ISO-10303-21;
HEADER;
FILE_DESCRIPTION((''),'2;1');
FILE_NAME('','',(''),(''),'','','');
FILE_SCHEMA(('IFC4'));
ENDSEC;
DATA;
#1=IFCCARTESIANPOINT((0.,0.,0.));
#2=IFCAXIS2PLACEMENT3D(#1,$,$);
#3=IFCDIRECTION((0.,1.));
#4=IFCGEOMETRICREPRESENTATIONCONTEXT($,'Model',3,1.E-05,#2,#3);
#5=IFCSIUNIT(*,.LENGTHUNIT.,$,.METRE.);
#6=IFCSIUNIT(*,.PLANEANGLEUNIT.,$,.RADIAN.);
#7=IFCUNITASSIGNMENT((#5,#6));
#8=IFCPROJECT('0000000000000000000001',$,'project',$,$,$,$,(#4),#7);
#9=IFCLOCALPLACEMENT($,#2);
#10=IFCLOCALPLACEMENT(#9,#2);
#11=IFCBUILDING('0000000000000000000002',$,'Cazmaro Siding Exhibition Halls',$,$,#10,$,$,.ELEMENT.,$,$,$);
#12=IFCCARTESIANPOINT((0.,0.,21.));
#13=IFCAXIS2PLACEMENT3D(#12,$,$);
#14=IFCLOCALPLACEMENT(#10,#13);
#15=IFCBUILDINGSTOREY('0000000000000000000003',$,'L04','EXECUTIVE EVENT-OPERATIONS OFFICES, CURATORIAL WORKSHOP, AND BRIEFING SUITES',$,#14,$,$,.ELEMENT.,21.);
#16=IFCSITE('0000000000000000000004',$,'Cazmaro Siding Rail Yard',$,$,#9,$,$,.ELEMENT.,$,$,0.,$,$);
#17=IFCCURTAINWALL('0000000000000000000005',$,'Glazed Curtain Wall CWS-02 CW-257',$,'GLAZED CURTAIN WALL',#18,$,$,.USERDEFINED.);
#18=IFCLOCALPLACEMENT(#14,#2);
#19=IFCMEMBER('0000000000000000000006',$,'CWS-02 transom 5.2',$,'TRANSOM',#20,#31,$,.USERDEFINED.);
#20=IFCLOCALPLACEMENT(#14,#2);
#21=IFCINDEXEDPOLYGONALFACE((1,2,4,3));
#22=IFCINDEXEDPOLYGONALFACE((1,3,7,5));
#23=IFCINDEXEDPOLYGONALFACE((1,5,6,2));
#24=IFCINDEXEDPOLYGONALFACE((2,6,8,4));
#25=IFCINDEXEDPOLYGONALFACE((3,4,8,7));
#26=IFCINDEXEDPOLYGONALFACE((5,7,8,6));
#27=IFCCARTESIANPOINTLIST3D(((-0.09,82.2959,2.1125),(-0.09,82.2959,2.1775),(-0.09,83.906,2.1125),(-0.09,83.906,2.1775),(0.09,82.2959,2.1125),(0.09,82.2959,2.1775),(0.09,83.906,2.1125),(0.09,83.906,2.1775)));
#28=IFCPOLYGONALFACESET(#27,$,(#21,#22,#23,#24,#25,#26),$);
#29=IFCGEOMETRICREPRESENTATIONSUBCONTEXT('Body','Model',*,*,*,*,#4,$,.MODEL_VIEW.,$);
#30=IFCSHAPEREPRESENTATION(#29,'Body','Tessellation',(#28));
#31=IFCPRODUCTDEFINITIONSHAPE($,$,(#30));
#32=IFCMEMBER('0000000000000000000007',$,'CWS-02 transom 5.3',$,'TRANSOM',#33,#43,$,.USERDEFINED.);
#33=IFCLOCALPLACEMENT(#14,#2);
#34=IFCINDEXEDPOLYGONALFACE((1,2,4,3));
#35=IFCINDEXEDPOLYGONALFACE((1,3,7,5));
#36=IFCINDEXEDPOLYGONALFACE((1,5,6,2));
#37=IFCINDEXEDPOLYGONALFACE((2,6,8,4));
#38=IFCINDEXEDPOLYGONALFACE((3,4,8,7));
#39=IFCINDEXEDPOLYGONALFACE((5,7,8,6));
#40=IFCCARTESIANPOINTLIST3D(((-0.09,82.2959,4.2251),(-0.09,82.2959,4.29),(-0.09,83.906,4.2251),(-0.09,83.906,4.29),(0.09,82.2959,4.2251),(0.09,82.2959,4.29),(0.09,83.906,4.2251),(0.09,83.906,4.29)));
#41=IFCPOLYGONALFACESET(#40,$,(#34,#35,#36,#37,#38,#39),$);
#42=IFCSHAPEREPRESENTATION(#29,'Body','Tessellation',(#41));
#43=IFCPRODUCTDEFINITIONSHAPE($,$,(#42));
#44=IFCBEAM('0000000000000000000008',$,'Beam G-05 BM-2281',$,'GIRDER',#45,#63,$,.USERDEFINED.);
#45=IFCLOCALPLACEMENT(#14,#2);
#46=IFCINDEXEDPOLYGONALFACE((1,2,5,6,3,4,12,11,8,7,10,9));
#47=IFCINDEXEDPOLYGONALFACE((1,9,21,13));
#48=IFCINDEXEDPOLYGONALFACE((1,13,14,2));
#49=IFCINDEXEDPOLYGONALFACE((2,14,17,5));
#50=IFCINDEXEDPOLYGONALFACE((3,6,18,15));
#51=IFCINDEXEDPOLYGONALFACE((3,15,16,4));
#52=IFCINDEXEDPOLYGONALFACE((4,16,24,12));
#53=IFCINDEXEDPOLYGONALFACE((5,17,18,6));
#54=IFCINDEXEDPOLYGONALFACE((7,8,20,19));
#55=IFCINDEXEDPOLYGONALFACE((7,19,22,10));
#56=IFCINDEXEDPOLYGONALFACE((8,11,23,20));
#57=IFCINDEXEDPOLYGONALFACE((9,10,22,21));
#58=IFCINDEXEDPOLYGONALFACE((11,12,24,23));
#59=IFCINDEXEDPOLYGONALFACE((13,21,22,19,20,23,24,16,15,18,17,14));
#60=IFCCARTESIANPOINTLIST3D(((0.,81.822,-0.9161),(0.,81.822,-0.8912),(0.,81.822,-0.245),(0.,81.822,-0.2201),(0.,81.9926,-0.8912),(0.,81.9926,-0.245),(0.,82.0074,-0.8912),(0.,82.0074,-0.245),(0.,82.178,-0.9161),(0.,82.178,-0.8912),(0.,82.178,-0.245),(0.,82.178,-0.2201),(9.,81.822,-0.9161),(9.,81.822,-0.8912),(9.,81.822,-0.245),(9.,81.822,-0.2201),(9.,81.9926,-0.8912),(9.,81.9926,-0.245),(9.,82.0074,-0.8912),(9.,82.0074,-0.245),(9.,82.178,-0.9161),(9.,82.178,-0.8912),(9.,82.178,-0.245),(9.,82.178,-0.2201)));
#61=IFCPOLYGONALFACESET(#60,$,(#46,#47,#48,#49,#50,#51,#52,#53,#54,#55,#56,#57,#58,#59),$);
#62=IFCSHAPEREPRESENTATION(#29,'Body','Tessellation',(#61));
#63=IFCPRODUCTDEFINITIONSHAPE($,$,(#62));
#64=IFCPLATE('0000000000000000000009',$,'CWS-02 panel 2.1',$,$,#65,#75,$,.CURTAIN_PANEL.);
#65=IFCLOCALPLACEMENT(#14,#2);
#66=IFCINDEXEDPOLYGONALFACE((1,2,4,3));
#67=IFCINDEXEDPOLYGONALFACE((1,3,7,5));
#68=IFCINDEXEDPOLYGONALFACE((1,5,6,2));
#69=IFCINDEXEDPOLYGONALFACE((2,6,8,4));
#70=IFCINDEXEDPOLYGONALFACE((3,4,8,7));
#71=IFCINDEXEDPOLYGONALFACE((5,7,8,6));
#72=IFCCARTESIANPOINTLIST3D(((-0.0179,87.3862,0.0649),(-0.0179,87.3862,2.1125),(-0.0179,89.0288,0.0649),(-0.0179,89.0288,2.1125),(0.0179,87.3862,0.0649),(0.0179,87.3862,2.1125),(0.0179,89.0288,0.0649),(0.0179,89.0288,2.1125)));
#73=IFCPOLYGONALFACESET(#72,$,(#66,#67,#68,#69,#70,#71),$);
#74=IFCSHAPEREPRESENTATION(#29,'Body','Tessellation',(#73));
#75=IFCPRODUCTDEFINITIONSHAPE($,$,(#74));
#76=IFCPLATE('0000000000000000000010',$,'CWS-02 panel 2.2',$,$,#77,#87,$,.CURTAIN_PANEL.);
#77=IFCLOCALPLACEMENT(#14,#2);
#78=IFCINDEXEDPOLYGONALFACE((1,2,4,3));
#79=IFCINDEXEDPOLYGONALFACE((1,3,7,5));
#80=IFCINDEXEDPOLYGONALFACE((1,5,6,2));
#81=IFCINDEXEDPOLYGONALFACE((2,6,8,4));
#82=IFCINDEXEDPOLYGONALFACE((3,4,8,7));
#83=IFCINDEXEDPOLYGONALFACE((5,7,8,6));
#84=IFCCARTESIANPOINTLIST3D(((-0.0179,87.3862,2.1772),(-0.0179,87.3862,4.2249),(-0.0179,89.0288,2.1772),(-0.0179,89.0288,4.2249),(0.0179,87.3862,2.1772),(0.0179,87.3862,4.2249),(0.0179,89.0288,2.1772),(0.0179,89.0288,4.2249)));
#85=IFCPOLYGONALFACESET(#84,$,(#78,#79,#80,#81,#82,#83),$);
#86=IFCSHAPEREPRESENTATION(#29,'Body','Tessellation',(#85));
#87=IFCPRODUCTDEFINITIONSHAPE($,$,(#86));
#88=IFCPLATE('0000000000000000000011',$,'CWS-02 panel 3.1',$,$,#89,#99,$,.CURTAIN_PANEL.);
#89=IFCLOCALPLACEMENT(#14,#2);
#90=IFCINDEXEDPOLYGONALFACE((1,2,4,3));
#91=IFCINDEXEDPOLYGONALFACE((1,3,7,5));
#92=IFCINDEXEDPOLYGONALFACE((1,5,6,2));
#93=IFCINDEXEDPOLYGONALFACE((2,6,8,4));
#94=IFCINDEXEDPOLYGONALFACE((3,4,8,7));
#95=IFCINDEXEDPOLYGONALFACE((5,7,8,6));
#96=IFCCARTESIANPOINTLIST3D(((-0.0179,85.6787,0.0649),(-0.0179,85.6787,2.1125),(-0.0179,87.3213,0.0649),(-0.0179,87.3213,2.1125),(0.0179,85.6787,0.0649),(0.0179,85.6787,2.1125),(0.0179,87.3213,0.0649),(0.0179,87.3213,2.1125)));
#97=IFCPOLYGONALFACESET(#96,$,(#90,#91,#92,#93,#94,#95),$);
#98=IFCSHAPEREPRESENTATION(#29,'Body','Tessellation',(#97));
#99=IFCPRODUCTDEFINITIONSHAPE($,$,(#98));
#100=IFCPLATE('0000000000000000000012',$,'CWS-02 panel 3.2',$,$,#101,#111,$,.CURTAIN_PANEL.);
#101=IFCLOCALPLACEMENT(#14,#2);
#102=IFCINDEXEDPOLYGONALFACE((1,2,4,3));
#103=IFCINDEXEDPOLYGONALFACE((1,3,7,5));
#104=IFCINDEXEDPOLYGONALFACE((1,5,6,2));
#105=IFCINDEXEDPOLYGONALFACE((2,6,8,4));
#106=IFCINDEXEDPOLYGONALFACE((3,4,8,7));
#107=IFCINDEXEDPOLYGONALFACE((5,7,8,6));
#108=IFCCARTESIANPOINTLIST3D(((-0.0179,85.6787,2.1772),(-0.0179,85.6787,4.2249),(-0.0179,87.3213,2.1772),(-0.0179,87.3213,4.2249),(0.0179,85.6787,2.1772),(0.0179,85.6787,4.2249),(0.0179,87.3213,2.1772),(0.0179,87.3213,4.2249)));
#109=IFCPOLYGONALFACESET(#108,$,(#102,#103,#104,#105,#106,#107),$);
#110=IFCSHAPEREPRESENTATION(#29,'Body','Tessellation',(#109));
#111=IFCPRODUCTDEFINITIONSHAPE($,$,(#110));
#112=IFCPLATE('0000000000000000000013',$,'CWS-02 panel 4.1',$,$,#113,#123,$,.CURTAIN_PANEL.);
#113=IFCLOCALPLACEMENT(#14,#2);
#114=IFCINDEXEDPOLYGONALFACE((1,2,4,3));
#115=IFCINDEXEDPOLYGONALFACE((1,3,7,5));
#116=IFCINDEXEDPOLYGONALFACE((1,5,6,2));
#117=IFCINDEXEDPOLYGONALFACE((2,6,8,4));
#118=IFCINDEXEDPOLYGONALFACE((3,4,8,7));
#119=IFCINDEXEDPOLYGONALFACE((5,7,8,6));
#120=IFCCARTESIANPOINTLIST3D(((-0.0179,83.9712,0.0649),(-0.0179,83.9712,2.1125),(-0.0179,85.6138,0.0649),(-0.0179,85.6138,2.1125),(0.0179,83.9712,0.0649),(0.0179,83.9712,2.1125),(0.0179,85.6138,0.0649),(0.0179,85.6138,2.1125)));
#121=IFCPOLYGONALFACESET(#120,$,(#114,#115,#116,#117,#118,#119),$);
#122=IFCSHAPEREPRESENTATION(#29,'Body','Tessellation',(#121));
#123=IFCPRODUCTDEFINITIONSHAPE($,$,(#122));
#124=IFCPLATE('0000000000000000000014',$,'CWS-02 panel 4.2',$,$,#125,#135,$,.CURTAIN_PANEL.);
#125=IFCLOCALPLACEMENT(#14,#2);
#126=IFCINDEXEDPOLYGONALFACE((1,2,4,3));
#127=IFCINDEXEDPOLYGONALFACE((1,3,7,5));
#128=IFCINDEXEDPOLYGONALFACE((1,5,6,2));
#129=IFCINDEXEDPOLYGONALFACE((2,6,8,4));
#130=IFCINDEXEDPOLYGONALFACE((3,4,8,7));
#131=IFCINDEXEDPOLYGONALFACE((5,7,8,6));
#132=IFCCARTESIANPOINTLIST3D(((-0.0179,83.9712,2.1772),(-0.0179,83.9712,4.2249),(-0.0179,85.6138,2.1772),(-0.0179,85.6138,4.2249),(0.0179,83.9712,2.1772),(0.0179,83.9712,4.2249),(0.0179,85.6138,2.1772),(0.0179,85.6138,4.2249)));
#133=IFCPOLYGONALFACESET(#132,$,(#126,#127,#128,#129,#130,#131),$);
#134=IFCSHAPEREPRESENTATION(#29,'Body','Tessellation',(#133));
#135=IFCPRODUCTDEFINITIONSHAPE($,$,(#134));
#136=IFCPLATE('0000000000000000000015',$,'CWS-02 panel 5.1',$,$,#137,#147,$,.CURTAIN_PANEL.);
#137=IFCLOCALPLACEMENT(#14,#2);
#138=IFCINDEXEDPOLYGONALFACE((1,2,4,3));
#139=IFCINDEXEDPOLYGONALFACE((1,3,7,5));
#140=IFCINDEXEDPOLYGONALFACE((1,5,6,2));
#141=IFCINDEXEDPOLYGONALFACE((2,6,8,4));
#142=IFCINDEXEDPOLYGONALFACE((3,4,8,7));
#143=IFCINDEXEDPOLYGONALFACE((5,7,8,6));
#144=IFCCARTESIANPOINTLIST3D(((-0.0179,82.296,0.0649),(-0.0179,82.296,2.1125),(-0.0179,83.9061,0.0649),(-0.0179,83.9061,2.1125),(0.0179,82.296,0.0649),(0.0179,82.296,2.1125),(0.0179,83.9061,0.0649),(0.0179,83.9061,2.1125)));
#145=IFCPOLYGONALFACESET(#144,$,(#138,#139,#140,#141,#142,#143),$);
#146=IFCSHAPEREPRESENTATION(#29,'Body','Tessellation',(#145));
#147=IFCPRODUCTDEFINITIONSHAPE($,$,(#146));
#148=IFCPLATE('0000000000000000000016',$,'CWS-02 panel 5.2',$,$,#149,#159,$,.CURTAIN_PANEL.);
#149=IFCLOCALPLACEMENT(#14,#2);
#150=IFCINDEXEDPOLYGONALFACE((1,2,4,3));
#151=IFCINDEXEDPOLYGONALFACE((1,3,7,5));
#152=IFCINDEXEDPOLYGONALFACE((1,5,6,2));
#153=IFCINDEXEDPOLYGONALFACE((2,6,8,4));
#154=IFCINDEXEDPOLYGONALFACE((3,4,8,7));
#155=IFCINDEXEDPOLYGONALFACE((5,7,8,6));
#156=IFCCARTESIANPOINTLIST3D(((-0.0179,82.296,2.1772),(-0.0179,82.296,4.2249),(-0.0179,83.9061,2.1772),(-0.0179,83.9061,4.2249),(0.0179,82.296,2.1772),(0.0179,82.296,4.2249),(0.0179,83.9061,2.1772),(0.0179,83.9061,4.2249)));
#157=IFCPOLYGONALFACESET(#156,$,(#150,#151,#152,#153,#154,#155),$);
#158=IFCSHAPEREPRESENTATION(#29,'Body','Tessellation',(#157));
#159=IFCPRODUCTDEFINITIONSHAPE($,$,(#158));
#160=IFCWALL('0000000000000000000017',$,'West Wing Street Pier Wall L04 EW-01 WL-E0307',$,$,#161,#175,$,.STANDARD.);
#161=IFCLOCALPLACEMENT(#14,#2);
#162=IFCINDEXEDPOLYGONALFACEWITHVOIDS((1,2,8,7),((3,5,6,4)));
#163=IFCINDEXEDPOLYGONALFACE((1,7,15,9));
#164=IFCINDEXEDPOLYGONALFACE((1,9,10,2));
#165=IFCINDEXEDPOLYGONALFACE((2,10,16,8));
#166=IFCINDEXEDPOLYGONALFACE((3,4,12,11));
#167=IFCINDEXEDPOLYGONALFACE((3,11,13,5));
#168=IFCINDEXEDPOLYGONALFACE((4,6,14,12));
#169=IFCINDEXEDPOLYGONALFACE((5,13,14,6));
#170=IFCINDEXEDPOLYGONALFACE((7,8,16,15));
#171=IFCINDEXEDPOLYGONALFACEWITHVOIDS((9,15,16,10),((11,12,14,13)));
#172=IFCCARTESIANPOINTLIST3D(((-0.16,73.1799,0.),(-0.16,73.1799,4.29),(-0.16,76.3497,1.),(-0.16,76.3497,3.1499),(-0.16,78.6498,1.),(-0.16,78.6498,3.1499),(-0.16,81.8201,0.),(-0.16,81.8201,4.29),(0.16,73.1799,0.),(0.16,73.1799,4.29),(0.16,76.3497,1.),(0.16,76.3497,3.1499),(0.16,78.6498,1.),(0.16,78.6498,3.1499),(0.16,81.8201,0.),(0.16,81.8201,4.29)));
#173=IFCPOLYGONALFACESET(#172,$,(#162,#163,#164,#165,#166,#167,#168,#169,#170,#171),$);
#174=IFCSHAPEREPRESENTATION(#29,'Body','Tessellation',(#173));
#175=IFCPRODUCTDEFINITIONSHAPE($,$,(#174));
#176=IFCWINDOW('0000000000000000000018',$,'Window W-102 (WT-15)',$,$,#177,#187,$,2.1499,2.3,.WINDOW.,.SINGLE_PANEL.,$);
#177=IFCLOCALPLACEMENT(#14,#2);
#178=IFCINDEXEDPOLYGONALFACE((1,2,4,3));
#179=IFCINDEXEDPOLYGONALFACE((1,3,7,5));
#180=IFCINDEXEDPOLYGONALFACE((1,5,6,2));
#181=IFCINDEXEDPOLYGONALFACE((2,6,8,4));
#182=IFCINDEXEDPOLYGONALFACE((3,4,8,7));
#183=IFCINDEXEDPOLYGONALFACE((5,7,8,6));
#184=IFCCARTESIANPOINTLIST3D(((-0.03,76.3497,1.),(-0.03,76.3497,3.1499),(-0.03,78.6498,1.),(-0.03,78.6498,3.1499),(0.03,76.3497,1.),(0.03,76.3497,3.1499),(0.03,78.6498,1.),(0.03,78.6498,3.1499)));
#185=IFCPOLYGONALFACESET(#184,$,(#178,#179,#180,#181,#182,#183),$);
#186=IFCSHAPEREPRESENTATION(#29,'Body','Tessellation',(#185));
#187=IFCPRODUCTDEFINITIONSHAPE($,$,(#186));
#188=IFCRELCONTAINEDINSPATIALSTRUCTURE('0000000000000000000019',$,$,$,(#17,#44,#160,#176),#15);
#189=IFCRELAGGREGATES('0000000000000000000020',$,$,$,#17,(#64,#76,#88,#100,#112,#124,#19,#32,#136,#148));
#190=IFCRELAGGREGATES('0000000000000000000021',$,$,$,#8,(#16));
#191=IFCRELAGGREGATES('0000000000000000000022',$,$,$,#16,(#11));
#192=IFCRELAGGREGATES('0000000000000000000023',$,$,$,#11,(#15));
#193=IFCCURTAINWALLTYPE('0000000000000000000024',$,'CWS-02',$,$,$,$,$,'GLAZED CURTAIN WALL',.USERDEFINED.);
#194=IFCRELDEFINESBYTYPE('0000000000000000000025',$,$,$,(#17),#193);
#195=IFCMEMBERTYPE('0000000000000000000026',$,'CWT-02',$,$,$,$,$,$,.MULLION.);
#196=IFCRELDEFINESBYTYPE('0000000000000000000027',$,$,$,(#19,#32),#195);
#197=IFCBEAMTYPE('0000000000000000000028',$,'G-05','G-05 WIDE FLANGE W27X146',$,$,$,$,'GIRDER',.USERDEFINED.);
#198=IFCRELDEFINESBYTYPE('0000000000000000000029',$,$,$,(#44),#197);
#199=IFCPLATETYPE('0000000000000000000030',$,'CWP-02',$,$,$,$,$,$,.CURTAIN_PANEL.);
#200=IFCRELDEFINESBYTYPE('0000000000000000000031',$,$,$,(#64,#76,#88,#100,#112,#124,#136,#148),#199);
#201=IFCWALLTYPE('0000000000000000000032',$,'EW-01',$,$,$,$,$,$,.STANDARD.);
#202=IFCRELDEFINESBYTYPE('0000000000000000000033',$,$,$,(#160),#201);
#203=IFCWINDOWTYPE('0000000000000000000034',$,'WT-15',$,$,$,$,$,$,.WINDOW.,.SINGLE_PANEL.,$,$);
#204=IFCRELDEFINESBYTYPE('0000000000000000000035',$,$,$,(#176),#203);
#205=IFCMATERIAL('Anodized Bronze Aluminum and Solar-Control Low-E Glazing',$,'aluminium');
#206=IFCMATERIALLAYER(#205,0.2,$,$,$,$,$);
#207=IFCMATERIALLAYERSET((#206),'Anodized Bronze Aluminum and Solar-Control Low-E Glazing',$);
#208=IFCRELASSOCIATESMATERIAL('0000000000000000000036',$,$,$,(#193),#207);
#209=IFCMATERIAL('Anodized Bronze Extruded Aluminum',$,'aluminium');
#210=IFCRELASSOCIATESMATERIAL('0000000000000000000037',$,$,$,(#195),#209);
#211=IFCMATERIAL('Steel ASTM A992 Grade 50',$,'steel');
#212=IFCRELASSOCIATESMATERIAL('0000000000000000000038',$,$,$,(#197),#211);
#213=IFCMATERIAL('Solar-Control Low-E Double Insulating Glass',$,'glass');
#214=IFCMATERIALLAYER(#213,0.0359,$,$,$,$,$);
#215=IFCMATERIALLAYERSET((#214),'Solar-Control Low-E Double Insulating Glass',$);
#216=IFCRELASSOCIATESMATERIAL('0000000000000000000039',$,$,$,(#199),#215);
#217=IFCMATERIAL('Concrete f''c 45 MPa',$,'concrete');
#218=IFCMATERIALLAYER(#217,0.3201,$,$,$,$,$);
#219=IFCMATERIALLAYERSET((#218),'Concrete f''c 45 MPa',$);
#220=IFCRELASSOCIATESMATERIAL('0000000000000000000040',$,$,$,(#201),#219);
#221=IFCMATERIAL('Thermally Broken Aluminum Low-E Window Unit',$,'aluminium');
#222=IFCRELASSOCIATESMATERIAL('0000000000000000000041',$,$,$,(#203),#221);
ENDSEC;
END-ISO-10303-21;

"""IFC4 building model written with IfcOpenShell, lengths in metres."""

from ifc_helpers import new_model, si_unit, direction, frame, frame_2d, origin, origin_2d, place, context, subcontext, project, spatial, rectangle, i_section, extrude, material, layer, layer_set, material_profile, profile_set, type_object, element, fill, aggregate, save


model = new_model("IFC4")

# Units and contexts
model_context = context("Model", 3, precision=1e-05, world=origin(), true_north=direction((0.0, 1.0)))
body_context = subcontext(model_context, "Body", "Model", "MODEL_VIEW")
ifc_project = project(units=[si_unit("LENGTHUNIT", "METRE"), si_unit("PLANEANGLEUNIT", "RADIAN")], contexts=[model_context])

# Site, building, storey
site_placement = place(None, origin())
site = spatial("IfcSite", under=ifc_project, at=site_placement, Name="Cazmaro Siding Rail Yard", CompositionType="ELEMENT", RefElevation=0.0)
building_placement = place(site_placement, origin())
building = spatial("IfcBuilding", under=site, at=building_placement, Name="Cazmaro Siding Exhibition Halls", CompositionType="ELEMENT")
storey_placement = place(building_placement, frame((0.0, 0.0, 21.0)))
storey = spatial("IfcBuildingStorey", under=building, at=storey_placement, Name="L04", Description="EXECUTIVE EVENT-OPERATIONS OFFICES, CURATORIAL WORKSHOP, AND BRIEFING SUITES", CompositionType="ELEMENT", Elevation=21.0)

# Curtain wall, members
ifc_material_1 = material(Name="Anodized Bronze Aluminum and Solar-Control Low-E Glazing", Category="aluminium")
ifc_layer_1 = layer(ifc_material_1, 0.2)
ifc_layer_set_1 = layer_set([ifc_layer_1], Name="Anodized Bronze Aluminum and Solar-Control Low-E Glazing")
curtain_wall_type = type_object("IfcCurtainWallType", Name="CWS-02", ElementType="GLAZED CURTAIN WALL", PredefinedType="USERDEFINED", material=ifc_layer_set_1)
curtain_wall_placement = place(storey_placement, origin())
curtain_wall = element("IfcCurtainWall", 1, at=curtain_wall_placement, inside=storey, type_object=curtain_wall_type, Name="Glazed Curtain Wall CWS-02 CW-257", ObjectType="GLAZED CURTAIN WALL", PredefinedType="USERDEFINED")
ifc_material_2 = material(Name="Anodized Bronze Extruded Aluminum", Category="aluminium")
ifc_material_profile_1 = material_profile(ifc_material_2, rectangle(XDim=0.1799, YDim=0.0649, at=origin_2d()), Name="CWT-02")
ifc_profile_set_1 = profile_set([ifc_material_profile_1], Name="Anodized Bronze Extruded Aluminum")
member_type_1 = type_object("IfcMemberType", Name="CWT-02", PredefinedType="MULLION", material=ifc_profile_set_1)
member_1_placement = place(storey_placement, frame((0.0, 83.906, 2.145), z_axis=(0.0, -1.0, 0.0), x_axis=(1.0, 0.0, 0.0)))
member_1 = element("IfcMember", 2, at=member_1_placement, type_object=member_type_1, Name="CWS-02 transom 5.2", ObjectType="TRANSOM", PredefinedType="USERDEFINED", context=body_context, shape_type="SweptSolid", body=[
    extrude(rectangle(XDim=0.1799, YDim=0.0649, at=origin_2d()), origin(), (0.0, 0.0, 1.0), 1.6101),
])
member_2_placement = place(storey_placement, frame((0.0, 83.906, 4.2576), z_axis=(0.0, -1.0, 0.0), x_axis=(1.0, 0.0, 0.0)))
member_2 = element("IfcMember", 3, at=member_2_placement, type_object=member_type_1, Name="CWS-02 transom 5.3", ObjectType="TRANSOM", PredefinedType="USERDEFINED", context=body_context, shape_type="SweptSolid", body=[
    extrude(rectangle(XDim=0.1799, YDim=0.0649, at=origin_2d()), origin(), (0.0, 0.0, 1.0), 1.6101),
])

# Beam
ifc_material_3 = material(Name="Steel ASTM A992 Grade 50", Category="steel")
ifc_material_profile_2 = material_profile(ifc_material_3, i_section(OverallWidth=0.356, OverallDepth=0.696, WebThickness=0.0149, FlangeThickness=0.0249, at=origin_2d()), Name="W27X146")
ifc_profile_set_2 = profile_set([ifc_material_profile_2], Name="Steel ASTM A992 Grade 50")
beam_type_1 = type_object("IfcBeamType", Name="G-05", Description="G-05 WIDE FLANGE W27X146", ElementType="GIRDER", PredefinedType="USERDEFINED", material=ifc_profile_set_2)
beam_1_placement = place(storey_placement, frame((0.0, 82.0, -0.5681), z_axis=(1.0, 0.0, 0.0), x_axis=(0.0, 1.0, 0.0)))
element("IfcBeam", 4, at=beam_1_placement, inside=storey, type_object=beam_type_1, Name="Beam G-05 BM-2281", ObjectType="GIRDER", PredefinedType="USERDEFINED", context=body_context, shape_type="SweptSolid", body=[
    extrude(i_section(OverallWidth=0.356, OverallDepth=0.696, WebThickness=0.0149, FlangeThickness=0.0249, at=origin_2d()), origin(), (0.0, 0.0, 1.0), 9.0),
])

# Plates
ifc_material_4 = material(Name="Solar-Control Low-E Double Insulating Glass", Category="glass")
ifc_layer_2 = layer(ifc_material_4, 0.0359)
ifc_layer_set_2 = layer_set([ifc_layer_2], Name="Solar-Control Low-E Double Insulating Glass")
plate_type = type_object("IfcPlateType", Name="CWP-02", PredefinedType="CURTAIN_PANEL", material=ifc_layer_set_2)
plate_1_placement = place(storey_placement, frame((0.0, 88.2075, 0.0649), z_axis=(0.0, 0.0, 1.0), x_axis=(0.0, -1.0, 0.0)))
plate_1 = element("IfcPlate", 5, at=plate_1_placement, type_object=plate_type, Name="CWS-02 panel 2.1", PredefinedType="CURTAIN_PANEL", context=body_context, shape_type="SweptSolid", body=[
    extrude(rectangle(XDim=1.6426, YDim=0.0359, at=origin_2d()), origin(), (0.0, 0.0, 1.0), 2.0476),
])
plate_2_placement = place(storey_placement, frame((0.0, 88.2075, 2.1772), z_axis=(0.0, 0.0, 1.0), x_axis=(0.0, -1.0, 0.0)))
plate_2 = element("IfcPlate", 6, at=plate_2_placement, type_object=plate_type, Name="CWS-02 panel 2.2", PredefinedType="CURTAIN_PANEL", context=body_context, shape_type="SweptSolid", body=[
    extrude(rectangle(XDim=1.6426, YDim=0.0359, at=origin_2d()), origin(), (0.0, 0.0, 1.0), 2.0476),
])
plate_3_placement = place(storey_placement, frame((0.0, 86.5, 0.0649), z_axis=(0.0, 0.0, 1.0), x_axis=(0.0, -1.0, 0.0)))
plate_3 = element("IfcPlate", 7, at=plate_3_placement, type_object=plate_type, Name="CWS-02 panel 3.1", PredefinedType="CURTAIN_PANEL", context=body_context, shape_type="SweptSolid", body=[
    extrude(rectangle(XDim=1.6426, YDim=0.0359, at=origin_2d()), origin(), (0.0, 0.0, 1.0), 2.0476),
])
plate_4_placement = place(storey_placement, frame((0.0, 86.5, 2.1772), z_axis=(0.0, 0.0, 1.0), x_axis=(0.0, -1.0, 0.0)))
plate_4 = element("IfcPlate", 8, at=plate_4_placement, type_object=plate_type, Name="CWS-02 panel 3.2", PredefinedType="CURTAIN_PANEL", context=body_context, shape_type="SweptSolid", body=[
    extrude(rectangle(XDim=1.6426, YDim=0.0359, at=origin_2d()), origin(), (0.0, 0.0, 1.0), 2.0476),
])
plate_5_placement = place(storey_placement, frame((0.0, 84.7925, 0.0649), z_axis=(0.0, 0.0, 1.0), x_axis=(0.0, -1.0, 0.0)))
plate_5 = element("IfcPlate", 9, at=plate_5_placement, type_object=plate_type, Name="CWS-02 panel 4.1", PredefinedType="CURTAIN_PANEL", context=body_context, shape_type="SweptSolid", body=[
    extrude(rectangle(XDim=1.6426, YDim=0.0359, at=origin_2d()), origin(), (0.0, 0.0, 1.0), 2.0476),
])
plate_6_placement = place(storey_placement, frame((0.0, 84.7925, 2.1772), z_axis=(0.0, 0.0, 1.0), x_axis=(0.0, -1.0, 0.0)))
plate_6 = element("IfcPlate", 10, at=plate_6_placement, type_object=plate_type, Name="CWS-02 panel 4.2", PredefinedType="CURTAIN_PANEL", context=body_context, shape_type="SweptSolid", body=[
    extrude(rectangle(XDim=1.6426, YDim=0.0359, at=origin_2d()), origin(), (0.0, 0.0, 1.0), 2.0476),
])
plate_7_placement = place(storey_placement, frame((0.0, 83.1011, 0.0649), z_axis=(0.0, 0.0, 1.0), x_axis=(0.0, -1.0, 0.0)))
plate_7 = element("IfcPlate", 11, at=plate_7_placement, type_object=plate_type, Name="CWS-02 panel 5.1", PredefinedType="CURTAIN_PANEL", context=body_context, shape_type="SweptSolid", body=[
    extrude(rectangle(XDim=1.6101, YDim=0.0359, at=origin_2d()), origin(), (0.0, 0.0, 1.0), 2.0476),
])
plate_8_placement = place(storey_placement, frame((0.0, 83.1011, 2.1772), z_axis=(0.0, 0.0, 1.0), x_axis=(0.0, -1.0, 0.0)))
plate_8 = element("IfcPlate", 12, at=plate_8_placement, type_object=plate_type, Name="CWS-02 panel 5.2", PredefinedType="CURTAIN_PANEL", context=body_context, shape_type="SweptSolid", body=[
    extrude(rectangle(XDim=1.6101, YDim=0.0359, at=origin_2d()), origin(), (0.0, 0.0, 1.0), 2.0476),
])
aggregate(curtain_wall, [plate_1, plate_2, plate_3, plate_4, plate_5, plate_6, member_1, member_2, plate_7, plate_8])

# Wall, opening, window
ifc_material_5 = material(Name="Concrete f'c 45 MPa", Category="concrete")
ifc_layer_3 = layer(ifc_material_5, 0.3201)
ifc_layer_set_3 = layer_set([ifc_layer_3], Name="Concrete f'c 45 MPa")
wall_type = type_object("IfcWallType", Name="EW-01", PredefinedType="STANDARD", material=ifc_layer_set_3)
wall_placement = place(storey_placement, frame((0.0, 73.1799, 0.0), z_axis=(0.0, 0.0, 1.0), x_axis=(0.0, 1.0, 0.0)))
wall = element("IfcWall", 13, at=wall_placement, inside=storey, type_object=wall_type, Name="West Wing Street Pier Wall L04 EW-01 WL-E0307", PredefinedType="STANDARD", context=body_context, shape_type="SweptSolid", body=[
    extrude(rectangle(XDim=8.6401, YDim=0.3201, at=frame_2d((4.3201, 0.0))), origin(), (0.0, 0.0, 1.0), 4.29),
])
opening_placement = place(wall_placement, frame((3.1699, 0.0, 1.0)))
opening = element("IfcOpeningElement", 14, at=opening_placement, cuts=wall, PredefinedType="OPENING", context=body_context, shape_type="SweptSolid", body=[
    extrude(rectangle(XDim=2.3, YDim=2.1499, at=frame_2d((1.1499, 1.075))), frame((0.0, 0.1699, 0.0), z_axis=(0.0, -1.0, 0.0), x_axis=(1.0, 0.0, 0.0)), (0.0, 0.0, 1.0), 0.3401),
])
ifc_material_6 = material(Name="Thermally Broken Aluminum Low-E Window Unit", Category="aluminium")
window_type = type_object("IfcWindowType", Name="WT-15", PartitioningType="SINGLE_PANEL", PredefinedType="WINDOW", material=ifc_material_6)
window_placement = place(opening_placement, origin())
window = element("IfcWindow", 15, at=window_placement, inside=storey, type_object=window_type, Name="Window W-102 (WT-15)", OverallHeight=2.1499, OverallWidth=2.3, PartitioningType="SINGLE_PANEL", PredefinedType="WINDOW", context=body_context, shape_type="SweptSolid", body=[
    extrude(rectangle(XDim=2.3, YDim=2.1499, at=frame_2d((1.1499, 1.075))), frame((0.0, 0.03, 0.0), z_axis=(0.0, -1.0, 0.0), x_axis=(1.0, 0.0, 0.0)), (0.0, 0.0, 1.0), 0.0601),
])
fill(opening, window)

save(model, "model.ifc")
